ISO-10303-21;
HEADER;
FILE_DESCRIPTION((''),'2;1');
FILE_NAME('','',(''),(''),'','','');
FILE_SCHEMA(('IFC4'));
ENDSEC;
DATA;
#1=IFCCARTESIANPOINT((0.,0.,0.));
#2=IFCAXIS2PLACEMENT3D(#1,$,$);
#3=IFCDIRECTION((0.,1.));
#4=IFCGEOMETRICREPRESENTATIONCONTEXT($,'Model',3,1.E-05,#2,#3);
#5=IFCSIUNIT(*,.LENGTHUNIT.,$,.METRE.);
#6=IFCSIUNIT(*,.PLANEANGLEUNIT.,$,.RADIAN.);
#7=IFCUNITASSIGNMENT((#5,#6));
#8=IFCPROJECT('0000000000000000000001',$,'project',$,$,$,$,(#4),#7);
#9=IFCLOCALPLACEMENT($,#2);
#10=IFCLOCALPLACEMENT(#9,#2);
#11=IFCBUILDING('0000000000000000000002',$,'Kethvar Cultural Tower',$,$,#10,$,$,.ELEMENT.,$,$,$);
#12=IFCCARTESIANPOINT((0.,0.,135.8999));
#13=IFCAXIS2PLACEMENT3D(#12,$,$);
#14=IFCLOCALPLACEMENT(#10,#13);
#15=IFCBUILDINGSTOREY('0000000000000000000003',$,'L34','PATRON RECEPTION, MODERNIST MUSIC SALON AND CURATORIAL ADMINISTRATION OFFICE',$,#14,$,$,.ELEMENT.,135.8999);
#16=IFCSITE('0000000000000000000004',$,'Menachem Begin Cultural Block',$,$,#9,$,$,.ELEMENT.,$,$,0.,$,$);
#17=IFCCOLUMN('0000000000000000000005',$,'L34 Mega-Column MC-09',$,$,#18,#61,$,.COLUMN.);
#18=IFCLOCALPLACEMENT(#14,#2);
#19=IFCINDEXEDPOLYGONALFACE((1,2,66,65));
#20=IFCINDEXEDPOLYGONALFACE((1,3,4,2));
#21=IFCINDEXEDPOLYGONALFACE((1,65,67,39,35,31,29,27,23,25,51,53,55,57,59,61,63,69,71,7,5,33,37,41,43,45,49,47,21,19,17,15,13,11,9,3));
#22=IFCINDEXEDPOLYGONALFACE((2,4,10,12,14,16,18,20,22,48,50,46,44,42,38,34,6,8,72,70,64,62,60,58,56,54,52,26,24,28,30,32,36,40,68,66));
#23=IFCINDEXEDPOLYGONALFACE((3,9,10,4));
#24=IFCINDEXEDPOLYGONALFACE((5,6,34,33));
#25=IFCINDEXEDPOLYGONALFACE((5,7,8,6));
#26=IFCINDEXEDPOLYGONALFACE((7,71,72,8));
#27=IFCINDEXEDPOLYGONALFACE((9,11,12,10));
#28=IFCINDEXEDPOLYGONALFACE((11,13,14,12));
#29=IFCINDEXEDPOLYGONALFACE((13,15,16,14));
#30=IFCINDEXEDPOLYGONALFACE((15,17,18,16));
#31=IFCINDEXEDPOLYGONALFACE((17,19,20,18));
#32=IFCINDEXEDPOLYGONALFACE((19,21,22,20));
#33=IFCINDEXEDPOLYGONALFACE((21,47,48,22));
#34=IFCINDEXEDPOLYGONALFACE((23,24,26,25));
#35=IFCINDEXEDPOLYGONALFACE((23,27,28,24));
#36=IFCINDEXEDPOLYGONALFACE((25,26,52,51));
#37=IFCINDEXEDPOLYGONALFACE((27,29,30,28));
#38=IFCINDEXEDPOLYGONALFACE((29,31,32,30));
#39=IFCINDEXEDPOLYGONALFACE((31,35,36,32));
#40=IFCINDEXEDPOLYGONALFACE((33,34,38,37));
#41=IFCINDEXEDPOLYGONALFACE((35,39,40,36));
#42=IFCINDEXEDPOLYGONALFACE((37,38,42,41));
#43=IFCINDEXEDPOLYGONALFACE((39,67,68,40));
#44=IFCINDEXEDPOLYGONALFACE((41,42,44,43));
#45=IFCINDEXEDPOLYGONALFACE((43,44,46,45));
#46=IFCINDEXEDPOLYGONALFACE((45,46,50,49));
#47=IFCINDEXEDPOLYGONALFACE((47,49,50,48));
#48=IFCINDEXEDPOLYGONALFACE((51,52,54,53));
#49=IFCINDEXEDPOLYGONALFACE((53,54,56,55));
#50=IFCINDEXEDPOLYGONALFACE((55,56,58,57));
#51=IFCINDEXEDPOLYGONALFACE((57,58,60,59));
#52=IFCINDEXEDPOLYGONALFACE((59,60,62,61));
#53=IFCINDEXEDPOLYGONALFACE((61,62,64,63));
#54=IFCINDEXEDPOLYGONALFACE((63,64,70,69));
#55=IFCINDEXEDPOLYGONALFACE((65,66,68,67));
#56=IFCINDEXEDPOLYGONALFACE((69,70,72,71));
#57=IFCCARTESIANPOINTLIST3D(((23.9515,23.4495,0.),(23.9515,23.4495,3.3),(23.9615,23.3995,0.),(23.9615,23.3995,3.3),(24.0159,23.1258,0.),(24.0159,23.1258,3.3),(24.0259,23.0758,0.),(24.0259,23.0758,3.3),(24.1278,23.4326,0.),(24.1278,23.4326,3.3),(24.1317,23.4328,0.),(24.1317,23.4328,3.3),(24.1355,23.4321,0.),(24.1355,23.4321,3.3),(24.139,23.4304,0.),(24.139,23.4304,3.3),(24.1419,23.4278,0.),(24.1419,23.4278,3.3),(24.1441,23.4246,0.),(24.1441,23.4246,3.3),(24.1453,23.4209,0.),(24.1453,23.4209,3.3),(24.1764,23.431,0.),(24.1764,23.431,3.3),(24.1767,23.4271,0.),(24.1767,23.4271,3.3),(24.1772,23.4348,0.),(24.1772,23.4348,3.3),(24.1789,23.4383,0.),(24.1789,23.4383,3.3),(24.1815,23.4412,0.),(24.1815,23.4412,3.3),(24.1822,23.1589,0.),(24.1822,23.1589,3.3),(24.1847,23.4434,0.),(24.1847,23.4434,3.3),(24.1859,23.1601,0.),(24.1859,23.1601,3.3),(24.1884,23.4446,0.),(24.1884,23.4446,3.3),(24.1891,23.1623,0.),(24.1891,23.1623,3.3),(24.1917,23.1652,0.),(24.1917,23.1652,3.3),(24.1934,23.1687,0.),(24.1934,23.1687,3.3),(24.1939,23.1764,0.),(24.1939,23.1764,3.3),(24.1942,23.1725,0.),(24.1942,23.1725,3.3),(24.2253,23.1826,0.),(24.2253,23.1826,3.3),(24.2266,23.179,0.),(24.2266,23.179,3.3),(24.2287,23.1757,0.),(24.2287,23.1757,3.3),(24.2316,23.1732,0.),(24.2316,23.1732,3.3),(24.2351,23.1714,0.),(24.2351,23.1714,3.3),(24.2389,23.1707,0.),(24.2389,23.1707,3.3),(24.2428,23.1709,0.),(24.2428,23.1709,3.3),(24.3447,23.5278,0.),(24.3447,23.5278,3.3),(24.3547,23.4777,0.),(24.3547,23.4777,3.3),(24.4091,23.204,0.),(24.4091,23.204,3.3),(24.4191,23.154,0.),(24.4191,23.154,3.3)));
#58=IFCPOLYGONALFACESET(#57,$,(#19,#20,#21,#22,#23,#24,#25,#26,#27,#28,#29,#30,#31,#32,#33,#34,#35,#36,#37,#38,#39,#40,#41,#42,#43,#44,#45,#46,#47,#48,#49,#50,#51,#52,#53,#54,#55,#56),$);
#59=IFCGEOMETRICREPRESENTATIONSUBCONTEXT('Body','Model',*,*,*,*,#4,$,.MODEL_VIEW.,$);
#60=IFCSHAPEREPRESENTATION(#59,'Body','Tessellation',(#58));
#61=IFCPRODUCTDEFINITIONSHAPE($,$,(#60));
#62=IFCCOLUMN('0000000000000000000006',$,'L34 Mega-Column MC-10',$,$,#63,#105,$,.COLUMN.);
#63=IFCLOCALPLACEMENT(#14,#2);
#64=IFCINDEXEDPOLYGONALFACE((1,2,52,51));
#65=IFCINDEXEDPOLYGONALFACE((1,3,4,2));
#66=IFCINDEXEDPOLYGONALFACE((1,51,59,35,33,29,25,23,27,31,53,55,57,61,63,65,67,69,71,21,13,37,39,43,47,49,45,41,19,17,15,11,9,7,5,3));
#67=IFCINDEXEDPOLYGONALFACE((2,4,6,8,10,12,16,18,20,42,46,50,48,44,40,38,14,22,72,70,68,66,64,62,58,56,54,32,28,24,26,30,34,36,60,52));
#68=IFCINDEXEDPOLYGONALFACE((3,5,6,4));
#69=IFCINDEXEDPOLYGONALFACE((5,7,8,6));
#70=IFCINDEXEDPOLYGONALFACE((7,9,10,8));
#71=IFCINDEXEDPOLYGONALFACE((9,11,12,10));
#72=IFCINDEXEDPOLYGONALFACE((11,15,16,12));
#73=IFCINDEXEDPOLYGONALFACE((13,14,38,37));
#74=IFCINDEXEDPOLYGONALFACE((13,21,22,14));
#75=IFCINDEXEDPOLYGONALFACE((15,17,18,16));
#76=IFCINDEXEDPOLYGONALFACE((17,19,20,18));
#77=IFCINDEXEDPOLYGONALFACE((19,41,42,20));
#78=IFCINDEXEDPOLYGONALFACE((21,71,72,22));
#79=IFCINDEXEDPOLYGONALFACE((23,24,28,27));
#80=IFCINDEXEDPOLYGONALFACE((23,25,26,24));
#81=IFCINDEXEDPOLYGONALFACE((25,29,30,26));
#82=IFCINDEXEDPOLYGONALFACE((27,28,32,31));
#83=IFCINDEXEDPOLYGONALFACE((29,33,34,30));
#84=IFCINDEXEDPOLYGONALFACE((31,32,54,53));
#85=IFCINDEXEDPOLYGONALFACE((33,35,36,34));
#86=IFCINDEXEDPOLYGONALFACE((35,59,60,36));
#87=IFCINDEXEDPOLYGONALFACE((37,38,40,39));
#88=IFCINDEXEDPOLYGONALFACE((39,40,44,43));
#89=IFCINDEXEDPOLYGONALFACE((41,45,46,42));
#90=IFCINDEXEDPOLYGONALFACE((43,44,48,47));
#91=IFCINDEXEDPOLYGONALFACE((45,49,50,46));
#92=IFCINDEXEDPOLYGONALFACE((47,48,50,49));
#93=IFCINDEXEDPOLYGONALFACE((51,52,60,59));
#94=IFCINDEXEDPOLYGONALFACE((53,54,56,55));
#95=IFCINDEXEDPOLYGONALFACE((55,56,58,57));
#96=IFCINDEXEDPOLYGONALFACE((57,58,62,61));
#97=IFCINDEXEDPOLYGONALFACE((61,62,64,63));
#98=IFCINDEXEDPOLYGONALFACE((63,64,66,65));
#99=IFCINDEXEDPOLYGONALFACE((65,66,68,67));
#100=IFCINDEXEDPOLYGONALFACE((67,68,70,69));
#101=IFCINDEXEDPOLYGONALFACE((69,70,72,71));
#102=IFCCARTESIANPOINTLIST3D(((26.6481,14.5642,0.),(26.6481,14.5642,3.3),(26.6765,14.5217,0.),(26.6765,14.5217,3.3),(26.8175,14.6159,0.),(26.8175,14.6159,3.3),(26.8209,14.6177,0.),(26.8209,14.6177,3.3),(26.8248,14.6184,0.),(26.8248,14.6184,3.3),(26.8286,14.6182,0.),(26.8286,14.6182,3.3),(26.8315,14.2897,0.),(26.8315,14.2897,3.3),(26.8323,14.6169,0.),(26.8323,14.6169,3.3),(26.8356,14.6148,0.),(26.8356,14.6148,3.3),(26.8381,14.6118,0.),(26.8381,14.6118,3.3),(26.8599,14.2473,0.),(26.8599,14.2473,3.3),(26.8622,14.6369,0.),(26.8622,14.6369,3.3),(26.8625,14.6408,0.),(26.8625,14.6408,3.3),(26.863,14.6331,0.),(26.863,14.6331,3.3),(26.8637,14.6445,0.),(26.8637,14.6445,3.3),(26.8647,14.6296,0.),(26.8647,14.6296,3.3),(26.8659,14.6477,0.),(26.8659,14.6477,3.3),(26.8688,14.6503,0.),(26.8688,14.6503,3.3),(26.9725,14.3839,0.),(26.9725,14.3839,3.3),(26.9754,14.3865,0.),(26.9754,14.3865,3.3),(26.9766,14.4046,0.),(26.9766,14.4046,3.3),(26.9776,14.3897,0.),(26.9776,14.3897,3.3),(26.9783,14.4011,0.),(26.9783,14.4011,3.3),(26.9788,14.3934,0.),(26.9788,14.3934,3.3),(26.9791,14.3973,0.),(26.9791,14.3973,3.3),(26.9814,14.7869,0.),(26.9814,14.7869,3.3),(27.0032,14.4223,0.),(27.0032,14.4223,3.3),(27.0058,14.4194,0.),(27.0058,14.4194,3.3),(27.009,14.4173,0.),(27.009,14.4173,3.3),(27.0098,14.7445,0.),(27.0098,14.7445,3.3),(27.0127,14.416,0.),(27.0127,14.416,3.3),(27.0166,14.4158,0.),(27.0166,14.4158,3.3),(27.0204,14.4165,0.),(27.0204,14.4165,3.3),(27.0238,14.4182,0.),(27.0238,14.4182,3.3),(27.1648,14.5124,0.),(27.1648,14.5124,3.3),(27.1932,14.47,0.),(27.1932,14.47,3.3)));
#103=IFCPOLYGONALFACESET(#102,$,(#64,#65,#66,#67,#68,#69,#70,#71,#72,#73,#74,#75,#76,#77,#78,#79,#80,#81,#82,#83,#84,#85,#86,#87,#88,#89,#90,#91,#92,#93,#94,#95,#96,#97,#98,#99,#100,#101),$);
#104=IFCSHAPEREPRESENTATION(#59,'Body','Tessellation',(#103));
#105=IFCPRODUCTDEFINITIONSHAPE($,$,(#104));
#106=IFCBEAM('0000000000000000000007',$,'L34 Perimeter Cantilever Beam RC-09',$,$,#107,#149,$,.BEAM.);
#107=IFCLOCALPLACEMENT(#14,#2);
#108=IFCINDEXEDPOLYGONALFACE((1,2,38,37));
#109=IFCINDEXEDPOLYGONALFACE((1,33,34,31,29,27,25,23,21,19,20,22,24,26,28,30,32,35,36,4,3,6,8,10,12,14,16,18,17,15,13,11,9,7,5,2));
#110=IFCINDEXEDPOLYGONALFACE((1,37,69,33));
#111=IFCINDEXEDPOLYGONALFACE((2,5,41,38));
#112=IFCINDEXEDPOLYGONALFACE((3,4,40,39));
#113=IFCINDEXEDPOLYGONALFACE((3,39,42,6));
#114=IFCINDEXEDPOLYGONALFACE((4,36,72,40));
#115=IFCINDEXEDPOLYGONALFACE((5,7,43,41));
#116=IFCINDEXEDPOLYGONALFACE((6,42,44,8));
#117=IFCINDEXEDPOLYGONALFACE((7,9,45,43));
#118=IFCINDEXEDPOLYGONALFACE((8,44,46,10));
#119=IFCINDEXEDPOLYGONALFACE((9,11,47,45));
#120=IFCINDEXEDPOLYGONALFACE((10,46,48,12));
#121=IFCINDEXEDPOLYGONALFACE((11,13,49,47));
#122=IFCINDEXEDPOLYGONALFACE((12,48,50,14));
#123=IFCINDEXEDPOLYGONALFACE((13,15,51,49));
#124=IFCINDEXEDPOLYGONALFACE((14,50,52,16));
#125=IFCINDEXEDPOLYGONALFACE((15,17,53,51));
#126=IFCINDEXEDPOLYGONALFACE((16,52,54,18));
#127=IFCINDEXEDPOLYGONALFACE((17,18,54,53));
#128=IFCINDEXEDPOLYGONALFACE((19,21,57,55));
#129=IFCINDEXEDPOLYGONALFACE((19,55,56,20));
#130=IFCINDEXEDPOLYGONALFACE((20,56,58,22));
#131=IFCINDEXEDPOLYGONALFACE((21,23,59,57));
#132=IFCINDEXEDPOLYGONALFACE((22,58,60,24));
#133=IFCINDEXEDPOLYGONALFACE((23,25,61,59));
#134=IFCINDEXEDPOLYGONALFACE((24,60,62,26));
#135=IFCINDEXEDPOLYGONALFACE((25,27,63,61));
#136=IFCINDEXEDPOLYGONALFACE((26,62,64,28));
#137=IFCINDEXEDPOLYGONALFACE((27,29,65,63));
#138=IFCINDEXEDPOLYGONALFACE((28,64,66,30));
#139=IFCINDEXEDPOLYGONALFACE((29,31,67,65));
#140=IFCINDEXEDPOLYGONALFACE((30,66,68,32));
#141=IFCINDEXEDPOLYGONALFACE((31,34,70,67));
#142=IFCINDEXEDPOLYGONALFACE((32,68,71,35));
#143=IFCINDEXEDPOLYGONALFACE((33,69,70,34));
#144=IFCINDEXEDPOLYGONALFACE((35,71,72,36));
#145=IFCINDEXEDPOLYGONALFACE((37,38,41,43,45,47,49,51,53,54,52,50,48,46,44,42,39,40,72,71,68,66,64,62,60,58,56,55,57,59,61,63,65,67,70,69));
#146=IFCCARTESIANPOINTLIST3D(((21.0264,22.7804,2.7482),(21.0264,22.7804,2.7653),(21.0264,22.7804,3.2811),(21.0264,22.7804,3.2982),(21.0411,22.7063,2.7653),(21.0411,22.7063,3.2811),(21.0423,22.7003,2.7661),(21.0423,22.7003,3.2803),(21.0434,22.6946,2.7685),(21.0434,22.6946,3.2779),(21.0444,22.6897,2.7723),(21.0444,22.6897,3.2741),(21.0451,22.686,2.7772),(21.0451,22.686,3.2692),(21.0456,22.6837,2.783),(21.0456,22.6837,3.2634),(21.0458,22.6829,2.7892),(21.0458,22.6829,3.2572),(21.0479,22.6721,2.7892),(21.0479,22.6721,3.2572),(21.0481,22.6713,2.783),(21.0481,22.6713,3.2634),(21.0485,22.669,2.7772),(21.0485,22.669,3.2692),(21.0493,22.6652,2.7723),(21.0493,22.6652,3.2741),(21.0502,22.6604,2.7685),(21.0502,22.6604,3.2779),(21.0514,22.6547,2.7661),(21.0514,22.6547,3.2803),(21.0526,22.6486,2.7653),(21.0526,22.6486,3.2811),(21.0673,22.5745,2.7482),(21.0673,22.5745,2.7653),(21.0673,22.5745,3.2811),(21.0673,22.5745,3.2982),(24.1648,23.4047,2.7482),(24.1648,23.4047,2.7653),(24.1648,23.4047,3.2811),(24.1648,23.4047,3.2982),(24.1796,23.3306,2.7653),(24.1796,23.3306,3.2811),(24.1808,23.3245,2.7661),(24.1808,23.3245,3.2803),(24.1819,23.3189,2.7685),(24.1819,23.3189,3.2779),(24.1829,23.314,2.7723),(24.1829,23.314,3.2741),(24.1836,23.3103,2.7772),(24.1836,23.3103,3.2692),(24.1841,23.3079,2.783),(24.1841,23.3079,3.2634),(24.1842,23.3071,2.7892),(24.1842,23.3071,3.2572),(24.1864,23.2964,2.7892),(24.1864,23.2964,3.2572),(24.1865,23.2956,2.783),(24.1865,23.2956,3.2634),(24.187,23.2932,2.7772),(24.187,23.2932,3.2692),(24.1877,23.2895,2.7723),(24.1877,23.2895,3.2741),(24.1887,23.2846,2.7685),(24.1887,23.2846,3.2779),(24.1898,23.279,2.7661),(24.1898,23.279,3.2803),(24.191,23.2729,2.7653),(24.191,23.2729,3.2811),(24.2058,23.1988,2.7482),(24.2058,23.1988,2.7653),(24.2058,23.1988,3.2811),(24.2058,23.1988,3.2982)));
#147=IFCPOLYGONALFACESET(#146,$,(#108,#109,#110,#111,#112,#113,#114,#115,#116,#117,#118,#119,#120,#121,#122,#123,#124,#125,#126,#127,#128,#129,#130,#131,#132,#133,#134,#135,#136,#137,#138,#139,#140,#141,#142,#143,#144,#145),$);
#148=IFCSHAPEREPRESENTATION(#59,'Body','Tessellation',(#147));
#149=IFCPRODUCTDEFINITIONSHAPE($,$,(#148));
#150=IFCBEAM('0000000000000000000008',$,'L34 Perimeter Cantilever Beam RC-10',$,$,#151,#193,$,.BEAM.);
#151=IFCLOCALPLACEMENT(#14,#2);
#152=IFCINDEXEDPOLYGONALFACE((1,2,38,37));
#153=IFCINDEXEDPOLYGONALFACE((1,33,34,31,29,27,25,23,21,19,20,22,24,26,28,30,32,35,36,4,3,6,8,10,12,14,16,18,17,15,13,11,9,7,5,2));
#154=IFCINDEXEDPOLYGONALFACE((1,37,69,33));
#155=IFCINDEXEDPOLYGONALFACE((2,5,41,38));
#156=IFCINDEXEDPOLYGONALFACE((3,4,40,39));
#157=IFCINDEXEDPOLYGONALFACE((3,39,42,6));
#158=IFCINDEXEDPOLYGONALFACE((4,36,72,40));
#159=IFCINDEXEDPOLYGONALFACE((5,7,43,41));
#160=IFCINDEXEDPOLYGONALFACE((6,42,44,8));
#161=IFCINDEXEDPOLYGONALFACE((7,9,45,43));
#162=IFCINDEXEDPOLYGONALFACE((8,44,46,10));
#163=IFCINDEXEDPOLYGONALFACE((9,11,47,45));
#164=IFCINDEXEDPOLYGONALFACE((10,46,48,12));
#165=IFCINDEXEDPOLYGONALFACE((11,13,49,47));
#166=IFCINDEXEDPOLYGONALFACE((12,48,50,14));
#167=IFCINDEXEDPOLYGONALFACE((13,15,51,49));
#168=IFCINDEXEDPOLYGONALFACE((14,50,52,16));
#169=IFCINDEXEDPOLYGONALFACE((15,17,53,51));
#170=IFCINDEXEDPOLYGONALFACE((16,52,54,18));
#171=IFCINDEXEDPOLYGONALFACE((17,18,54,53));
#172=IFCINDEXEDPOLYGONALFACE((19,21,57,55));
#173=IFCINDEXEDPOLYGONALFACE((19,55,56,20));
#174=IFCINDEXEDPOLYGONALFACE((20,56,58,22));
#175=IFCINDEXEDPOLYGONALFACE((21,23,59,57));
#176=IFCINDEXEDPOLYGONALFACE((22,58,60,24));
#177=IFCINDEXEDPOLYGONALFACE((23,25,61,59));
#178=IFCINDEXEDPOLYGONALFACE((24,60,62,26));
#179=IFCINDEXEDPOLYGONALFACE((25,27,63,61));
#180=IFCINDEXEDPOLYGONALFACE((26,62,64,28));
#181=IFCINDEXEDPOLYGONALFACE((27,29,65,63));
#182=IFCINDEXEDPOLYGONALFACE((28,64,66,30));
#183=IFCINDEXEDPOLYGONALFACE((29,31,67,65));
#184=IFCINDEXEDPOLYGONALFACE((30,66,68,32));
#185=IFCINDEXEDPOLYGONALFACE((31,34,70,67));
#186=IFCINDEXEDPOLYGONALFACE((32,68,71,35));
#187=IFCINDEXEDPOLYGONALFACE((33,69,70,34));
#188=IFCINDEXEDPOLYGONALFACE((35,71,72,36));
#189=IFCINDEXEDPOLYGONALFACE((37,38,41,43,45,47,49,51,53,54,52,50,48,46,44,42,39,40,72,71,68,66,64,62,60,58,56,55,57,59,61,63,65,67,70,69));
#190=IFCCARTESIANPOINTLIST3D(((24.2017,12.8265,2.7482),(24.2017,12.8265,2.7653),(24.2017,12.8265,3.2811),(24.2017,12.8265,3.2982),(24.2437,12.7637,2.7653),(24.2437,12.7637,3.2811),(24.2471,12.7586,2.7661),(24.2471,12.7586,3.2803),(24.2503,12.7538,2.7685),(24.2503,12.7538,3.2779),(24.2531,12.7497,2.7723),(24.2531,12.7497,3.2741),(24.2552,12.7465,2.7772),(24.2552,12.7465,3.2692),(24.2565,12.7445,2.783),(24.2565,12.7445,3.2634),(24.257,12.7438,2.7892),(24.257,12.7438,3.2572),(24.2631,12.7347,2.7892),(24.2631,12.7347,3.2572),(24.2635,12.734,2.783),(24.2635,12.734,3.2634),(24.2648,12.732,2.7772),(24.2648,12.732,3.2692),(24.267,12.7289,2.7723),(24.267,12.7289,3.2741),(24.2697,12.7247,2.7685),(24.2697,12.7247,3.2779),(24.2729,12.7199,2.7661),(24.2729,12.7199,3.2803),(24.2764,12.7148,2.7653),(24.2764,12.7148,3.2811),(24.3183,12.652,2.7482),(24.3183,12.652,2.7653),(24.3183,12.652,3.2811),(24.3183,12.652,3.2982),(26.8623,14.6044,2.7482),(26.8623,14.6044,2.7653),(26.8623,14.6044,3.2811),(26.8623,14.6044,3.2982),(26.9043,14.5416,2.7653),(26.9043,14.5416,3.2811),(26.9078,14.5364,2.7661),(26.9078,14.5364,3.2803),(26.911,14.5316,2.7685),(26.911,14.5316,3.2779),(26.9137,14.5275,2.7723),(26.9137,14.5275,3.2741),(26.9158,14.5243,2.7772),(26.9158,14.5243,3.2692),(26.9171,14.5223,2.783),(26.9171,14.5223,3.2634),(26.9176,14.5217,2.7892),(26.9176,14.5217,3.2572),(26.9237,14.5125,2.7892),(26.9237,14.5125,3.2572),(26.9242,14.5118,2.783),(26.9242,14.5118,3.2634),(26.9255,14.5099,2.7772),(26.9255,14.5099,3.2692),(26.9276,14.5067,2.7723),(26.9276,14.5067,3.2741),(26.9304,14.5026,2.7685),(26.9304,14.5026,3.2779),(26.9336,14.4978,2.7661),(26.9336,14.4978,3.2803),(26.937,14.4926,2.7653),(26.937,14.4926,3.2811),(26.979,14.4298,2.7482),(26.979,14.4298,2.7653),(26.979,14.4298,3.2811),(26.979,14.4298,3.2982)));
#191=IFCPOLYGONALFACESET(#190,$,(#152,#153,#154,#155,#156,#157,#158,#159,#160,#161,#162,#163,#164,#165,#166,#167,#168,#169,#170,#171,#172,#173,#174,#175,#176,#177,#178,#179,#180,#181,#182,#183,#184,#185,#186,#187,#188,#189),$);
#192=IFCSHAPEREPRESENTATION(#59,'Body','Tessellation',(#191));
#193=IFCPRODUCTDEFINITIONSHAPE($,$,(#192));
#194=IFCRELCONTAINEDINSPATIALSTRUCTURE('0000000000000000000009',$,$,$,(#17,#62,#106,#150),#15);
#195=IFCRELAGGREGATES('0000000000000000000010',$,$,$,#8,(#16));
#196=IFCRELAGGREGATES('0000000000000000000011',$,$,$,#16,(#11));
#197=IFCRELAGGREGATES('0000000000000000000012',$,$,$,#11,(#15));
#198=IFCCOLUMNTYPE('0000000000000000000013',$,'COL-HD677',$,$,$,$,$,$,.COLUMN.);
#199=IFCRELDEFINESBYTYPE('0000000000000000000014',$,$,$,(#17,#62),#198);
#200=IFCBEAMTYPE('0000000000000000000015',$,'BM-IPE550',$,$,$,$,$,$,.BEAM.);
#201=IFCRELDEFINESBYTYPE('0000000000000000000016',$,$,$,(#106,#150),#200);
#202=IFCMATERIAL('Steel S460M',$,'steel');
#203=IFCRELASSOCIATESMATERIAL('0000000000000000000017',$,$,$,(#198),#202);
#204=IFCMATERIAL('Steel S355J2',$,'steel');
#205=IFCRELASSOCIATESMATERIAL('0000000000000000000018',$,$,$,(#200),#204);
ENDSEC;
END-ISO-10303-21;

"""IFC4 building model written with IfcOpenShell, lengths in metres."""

from ifc_helpers import new_model, si_unit, direction, frame, origin, origin_2d, place, context, subcontext, project, spatial, i_section, extrude, source, transform, mapped, material, material_profile, profile_set, type_object, element, save


model = new_model("IFC4")

# Units and contexts
model_context = context("Model", 3, precision=1e-05, world=origin(), true_north=direction((0.0, 1.0)))
body_context = subcontext(model_context, "Body", "Model", "MODEL_VIEW")
ifc_project = project(units=[si_unit("LENGTHUNIT", "METRE"), si_unit("PLANEANGLEUNIT", "RADIAN")], contexts=[model_context])

# Site, building, storey
site_placement = place(None, origin())
site = spatial("IfcSite", under=ifc_project, at=site_placement, Name="Menachem Begin Cultural Block", CompositionType="ELEMENT", RefElevation=0.0)
building_placement = place(site_placement, origin())
building = spatial("IfcBuilding", under=site, at=building_placement, Name="Kethvar Cultural Tower", CompositionType="ELEMENT")
storey_placement = place(building_placement, frame((0.0, 0.0, 135.8999)))
storey = spatial("IfcBuildingStorey", under=building, at=storey_placement, Name="L34", Description="PATRON RECEPTION, MODERNIST MUSIC SALON AND CURATORIAL ADMINISTRATION OFFICE", CompositionType="ELEMENT", Elevation=135.8999)

# Columns
ifc_material_1 = material(Name="Steel S460M", Category="steel")
ifc_material_profile_1 = material_profile(ifc_material_1, i_section(OverallWidth=0.4009, OverallDepth=0.3811, WebThickness=0.032, FlangeThickness=0.051, FilletRadius=0.0149, at=origin_2d()), Name="Steel S460M — HD400x677")
ifc_profile_set_1 = profile_set([ifc_material_profile_1], Name="Steel S460M — HD400x677")
column_type = type_object("IfcColumnType", Name="COL-HD677", PredefinedType="COLUMN", material=ifc_profile_set_1)
shared_shape_1 = source(origin(), body_context, "Body", "SweptSolid", [
    extrude(i_section(OverallWidth=0.4009, OverallDepth=0.3811, WebThickness=0.032, FlangeThickness=0.051, FilletRadius=0.0149, at=origin_2d()), origin(), (0.0, 0.0, 1.0), 3.3),
])
for number, where, z_axis, x_axis, name in (
    (1, (24.1853, 23.3018, 0.0), (0.0, 0.0, 1.0), (-0.980785, -0.19509, 0.0), "L34 Mega-Column MC-09"),
    (2, (26.9207, 14.5171, 0.0), (0.0, 0.0, 1.0), (-0.83147, -0.55557, 0.0), "L34 Mega-Column MC-10"),
):
    element("IfcColumn", number, at=place(storey_placement, frame(where, z_axis=z_axis, x_axis=x_axis)), inside=storey, type_object=column_type, Name=name, PredefinedType="COLUMN", context=body_context, shape_type="MappedRepresentation", body=[
        mapped(shared_shape_1, transform((0.0, 0.0, 0.0), scale=1.0)),
    ])

# Beams
ifc_material_2 = material(Name="Steel S355J2", Category="steel")
ifc_material_profile_2 = material_profile(ifc_material_2, i_section(OverallWidth=0.21, OverallDepth=0.55, WebThickness=0.011, FlangeThickness=0.0171, FilletRadius=0.0239, at=origin_2d()), Name="Steel S355J2 — IPE550")
ifc_profile_set_2 = profile_set([ifc_material_profile_2], Name="Steel S355J2 — IPE550")
beam_type_1 = type_object("IfcBeamType", Name="BM-IPE550", PredefinedType="BEAM", material=ifc_profile_set_2)
shared_shape_2 = source(origin(), body_context, "Body", "SweptSolid", [
    extrude(i_section(OverallWidth=0.21, OverallDepth=0.55, WebThickness=0.011, FlangeThickness=0.0171, FilletRadius=0.0239, at=origin_2d()), origin(), (0.0, 0.0, 1.0), 3.2),
])
for number, where, z_axis, x_axis, name in (
    (3, (24.1853, 23.3018, 3.0232), (-0.980786, -0.195089, 0.0), (0.195089, -0.980786, 0.0), "L34 Perimeter Cantilever Beam RC-09"),
    (4, (26.9207, 14.5171, 3.0232), (-0.831463, -0.55558, 0.0), (0.55558, -0.831463, 0.0), "L34 Perimeter Cantilever Beam RC-10"),
):
    element("IfcBeam", number, at=place(storey_placement, frame(where, z_axis=z_axis, x_axis=x_axis)), inside=storey, type_object=beam_type_1, Name=name, PredefinedType="BEAM", context=body_context, shape_type="MappedRepresentation", body=[
        mapped(shared_shape_2, transform((0.0, 0.0, 0.0), scale=1.0)),
    ])

save(model, "model.ifc")
